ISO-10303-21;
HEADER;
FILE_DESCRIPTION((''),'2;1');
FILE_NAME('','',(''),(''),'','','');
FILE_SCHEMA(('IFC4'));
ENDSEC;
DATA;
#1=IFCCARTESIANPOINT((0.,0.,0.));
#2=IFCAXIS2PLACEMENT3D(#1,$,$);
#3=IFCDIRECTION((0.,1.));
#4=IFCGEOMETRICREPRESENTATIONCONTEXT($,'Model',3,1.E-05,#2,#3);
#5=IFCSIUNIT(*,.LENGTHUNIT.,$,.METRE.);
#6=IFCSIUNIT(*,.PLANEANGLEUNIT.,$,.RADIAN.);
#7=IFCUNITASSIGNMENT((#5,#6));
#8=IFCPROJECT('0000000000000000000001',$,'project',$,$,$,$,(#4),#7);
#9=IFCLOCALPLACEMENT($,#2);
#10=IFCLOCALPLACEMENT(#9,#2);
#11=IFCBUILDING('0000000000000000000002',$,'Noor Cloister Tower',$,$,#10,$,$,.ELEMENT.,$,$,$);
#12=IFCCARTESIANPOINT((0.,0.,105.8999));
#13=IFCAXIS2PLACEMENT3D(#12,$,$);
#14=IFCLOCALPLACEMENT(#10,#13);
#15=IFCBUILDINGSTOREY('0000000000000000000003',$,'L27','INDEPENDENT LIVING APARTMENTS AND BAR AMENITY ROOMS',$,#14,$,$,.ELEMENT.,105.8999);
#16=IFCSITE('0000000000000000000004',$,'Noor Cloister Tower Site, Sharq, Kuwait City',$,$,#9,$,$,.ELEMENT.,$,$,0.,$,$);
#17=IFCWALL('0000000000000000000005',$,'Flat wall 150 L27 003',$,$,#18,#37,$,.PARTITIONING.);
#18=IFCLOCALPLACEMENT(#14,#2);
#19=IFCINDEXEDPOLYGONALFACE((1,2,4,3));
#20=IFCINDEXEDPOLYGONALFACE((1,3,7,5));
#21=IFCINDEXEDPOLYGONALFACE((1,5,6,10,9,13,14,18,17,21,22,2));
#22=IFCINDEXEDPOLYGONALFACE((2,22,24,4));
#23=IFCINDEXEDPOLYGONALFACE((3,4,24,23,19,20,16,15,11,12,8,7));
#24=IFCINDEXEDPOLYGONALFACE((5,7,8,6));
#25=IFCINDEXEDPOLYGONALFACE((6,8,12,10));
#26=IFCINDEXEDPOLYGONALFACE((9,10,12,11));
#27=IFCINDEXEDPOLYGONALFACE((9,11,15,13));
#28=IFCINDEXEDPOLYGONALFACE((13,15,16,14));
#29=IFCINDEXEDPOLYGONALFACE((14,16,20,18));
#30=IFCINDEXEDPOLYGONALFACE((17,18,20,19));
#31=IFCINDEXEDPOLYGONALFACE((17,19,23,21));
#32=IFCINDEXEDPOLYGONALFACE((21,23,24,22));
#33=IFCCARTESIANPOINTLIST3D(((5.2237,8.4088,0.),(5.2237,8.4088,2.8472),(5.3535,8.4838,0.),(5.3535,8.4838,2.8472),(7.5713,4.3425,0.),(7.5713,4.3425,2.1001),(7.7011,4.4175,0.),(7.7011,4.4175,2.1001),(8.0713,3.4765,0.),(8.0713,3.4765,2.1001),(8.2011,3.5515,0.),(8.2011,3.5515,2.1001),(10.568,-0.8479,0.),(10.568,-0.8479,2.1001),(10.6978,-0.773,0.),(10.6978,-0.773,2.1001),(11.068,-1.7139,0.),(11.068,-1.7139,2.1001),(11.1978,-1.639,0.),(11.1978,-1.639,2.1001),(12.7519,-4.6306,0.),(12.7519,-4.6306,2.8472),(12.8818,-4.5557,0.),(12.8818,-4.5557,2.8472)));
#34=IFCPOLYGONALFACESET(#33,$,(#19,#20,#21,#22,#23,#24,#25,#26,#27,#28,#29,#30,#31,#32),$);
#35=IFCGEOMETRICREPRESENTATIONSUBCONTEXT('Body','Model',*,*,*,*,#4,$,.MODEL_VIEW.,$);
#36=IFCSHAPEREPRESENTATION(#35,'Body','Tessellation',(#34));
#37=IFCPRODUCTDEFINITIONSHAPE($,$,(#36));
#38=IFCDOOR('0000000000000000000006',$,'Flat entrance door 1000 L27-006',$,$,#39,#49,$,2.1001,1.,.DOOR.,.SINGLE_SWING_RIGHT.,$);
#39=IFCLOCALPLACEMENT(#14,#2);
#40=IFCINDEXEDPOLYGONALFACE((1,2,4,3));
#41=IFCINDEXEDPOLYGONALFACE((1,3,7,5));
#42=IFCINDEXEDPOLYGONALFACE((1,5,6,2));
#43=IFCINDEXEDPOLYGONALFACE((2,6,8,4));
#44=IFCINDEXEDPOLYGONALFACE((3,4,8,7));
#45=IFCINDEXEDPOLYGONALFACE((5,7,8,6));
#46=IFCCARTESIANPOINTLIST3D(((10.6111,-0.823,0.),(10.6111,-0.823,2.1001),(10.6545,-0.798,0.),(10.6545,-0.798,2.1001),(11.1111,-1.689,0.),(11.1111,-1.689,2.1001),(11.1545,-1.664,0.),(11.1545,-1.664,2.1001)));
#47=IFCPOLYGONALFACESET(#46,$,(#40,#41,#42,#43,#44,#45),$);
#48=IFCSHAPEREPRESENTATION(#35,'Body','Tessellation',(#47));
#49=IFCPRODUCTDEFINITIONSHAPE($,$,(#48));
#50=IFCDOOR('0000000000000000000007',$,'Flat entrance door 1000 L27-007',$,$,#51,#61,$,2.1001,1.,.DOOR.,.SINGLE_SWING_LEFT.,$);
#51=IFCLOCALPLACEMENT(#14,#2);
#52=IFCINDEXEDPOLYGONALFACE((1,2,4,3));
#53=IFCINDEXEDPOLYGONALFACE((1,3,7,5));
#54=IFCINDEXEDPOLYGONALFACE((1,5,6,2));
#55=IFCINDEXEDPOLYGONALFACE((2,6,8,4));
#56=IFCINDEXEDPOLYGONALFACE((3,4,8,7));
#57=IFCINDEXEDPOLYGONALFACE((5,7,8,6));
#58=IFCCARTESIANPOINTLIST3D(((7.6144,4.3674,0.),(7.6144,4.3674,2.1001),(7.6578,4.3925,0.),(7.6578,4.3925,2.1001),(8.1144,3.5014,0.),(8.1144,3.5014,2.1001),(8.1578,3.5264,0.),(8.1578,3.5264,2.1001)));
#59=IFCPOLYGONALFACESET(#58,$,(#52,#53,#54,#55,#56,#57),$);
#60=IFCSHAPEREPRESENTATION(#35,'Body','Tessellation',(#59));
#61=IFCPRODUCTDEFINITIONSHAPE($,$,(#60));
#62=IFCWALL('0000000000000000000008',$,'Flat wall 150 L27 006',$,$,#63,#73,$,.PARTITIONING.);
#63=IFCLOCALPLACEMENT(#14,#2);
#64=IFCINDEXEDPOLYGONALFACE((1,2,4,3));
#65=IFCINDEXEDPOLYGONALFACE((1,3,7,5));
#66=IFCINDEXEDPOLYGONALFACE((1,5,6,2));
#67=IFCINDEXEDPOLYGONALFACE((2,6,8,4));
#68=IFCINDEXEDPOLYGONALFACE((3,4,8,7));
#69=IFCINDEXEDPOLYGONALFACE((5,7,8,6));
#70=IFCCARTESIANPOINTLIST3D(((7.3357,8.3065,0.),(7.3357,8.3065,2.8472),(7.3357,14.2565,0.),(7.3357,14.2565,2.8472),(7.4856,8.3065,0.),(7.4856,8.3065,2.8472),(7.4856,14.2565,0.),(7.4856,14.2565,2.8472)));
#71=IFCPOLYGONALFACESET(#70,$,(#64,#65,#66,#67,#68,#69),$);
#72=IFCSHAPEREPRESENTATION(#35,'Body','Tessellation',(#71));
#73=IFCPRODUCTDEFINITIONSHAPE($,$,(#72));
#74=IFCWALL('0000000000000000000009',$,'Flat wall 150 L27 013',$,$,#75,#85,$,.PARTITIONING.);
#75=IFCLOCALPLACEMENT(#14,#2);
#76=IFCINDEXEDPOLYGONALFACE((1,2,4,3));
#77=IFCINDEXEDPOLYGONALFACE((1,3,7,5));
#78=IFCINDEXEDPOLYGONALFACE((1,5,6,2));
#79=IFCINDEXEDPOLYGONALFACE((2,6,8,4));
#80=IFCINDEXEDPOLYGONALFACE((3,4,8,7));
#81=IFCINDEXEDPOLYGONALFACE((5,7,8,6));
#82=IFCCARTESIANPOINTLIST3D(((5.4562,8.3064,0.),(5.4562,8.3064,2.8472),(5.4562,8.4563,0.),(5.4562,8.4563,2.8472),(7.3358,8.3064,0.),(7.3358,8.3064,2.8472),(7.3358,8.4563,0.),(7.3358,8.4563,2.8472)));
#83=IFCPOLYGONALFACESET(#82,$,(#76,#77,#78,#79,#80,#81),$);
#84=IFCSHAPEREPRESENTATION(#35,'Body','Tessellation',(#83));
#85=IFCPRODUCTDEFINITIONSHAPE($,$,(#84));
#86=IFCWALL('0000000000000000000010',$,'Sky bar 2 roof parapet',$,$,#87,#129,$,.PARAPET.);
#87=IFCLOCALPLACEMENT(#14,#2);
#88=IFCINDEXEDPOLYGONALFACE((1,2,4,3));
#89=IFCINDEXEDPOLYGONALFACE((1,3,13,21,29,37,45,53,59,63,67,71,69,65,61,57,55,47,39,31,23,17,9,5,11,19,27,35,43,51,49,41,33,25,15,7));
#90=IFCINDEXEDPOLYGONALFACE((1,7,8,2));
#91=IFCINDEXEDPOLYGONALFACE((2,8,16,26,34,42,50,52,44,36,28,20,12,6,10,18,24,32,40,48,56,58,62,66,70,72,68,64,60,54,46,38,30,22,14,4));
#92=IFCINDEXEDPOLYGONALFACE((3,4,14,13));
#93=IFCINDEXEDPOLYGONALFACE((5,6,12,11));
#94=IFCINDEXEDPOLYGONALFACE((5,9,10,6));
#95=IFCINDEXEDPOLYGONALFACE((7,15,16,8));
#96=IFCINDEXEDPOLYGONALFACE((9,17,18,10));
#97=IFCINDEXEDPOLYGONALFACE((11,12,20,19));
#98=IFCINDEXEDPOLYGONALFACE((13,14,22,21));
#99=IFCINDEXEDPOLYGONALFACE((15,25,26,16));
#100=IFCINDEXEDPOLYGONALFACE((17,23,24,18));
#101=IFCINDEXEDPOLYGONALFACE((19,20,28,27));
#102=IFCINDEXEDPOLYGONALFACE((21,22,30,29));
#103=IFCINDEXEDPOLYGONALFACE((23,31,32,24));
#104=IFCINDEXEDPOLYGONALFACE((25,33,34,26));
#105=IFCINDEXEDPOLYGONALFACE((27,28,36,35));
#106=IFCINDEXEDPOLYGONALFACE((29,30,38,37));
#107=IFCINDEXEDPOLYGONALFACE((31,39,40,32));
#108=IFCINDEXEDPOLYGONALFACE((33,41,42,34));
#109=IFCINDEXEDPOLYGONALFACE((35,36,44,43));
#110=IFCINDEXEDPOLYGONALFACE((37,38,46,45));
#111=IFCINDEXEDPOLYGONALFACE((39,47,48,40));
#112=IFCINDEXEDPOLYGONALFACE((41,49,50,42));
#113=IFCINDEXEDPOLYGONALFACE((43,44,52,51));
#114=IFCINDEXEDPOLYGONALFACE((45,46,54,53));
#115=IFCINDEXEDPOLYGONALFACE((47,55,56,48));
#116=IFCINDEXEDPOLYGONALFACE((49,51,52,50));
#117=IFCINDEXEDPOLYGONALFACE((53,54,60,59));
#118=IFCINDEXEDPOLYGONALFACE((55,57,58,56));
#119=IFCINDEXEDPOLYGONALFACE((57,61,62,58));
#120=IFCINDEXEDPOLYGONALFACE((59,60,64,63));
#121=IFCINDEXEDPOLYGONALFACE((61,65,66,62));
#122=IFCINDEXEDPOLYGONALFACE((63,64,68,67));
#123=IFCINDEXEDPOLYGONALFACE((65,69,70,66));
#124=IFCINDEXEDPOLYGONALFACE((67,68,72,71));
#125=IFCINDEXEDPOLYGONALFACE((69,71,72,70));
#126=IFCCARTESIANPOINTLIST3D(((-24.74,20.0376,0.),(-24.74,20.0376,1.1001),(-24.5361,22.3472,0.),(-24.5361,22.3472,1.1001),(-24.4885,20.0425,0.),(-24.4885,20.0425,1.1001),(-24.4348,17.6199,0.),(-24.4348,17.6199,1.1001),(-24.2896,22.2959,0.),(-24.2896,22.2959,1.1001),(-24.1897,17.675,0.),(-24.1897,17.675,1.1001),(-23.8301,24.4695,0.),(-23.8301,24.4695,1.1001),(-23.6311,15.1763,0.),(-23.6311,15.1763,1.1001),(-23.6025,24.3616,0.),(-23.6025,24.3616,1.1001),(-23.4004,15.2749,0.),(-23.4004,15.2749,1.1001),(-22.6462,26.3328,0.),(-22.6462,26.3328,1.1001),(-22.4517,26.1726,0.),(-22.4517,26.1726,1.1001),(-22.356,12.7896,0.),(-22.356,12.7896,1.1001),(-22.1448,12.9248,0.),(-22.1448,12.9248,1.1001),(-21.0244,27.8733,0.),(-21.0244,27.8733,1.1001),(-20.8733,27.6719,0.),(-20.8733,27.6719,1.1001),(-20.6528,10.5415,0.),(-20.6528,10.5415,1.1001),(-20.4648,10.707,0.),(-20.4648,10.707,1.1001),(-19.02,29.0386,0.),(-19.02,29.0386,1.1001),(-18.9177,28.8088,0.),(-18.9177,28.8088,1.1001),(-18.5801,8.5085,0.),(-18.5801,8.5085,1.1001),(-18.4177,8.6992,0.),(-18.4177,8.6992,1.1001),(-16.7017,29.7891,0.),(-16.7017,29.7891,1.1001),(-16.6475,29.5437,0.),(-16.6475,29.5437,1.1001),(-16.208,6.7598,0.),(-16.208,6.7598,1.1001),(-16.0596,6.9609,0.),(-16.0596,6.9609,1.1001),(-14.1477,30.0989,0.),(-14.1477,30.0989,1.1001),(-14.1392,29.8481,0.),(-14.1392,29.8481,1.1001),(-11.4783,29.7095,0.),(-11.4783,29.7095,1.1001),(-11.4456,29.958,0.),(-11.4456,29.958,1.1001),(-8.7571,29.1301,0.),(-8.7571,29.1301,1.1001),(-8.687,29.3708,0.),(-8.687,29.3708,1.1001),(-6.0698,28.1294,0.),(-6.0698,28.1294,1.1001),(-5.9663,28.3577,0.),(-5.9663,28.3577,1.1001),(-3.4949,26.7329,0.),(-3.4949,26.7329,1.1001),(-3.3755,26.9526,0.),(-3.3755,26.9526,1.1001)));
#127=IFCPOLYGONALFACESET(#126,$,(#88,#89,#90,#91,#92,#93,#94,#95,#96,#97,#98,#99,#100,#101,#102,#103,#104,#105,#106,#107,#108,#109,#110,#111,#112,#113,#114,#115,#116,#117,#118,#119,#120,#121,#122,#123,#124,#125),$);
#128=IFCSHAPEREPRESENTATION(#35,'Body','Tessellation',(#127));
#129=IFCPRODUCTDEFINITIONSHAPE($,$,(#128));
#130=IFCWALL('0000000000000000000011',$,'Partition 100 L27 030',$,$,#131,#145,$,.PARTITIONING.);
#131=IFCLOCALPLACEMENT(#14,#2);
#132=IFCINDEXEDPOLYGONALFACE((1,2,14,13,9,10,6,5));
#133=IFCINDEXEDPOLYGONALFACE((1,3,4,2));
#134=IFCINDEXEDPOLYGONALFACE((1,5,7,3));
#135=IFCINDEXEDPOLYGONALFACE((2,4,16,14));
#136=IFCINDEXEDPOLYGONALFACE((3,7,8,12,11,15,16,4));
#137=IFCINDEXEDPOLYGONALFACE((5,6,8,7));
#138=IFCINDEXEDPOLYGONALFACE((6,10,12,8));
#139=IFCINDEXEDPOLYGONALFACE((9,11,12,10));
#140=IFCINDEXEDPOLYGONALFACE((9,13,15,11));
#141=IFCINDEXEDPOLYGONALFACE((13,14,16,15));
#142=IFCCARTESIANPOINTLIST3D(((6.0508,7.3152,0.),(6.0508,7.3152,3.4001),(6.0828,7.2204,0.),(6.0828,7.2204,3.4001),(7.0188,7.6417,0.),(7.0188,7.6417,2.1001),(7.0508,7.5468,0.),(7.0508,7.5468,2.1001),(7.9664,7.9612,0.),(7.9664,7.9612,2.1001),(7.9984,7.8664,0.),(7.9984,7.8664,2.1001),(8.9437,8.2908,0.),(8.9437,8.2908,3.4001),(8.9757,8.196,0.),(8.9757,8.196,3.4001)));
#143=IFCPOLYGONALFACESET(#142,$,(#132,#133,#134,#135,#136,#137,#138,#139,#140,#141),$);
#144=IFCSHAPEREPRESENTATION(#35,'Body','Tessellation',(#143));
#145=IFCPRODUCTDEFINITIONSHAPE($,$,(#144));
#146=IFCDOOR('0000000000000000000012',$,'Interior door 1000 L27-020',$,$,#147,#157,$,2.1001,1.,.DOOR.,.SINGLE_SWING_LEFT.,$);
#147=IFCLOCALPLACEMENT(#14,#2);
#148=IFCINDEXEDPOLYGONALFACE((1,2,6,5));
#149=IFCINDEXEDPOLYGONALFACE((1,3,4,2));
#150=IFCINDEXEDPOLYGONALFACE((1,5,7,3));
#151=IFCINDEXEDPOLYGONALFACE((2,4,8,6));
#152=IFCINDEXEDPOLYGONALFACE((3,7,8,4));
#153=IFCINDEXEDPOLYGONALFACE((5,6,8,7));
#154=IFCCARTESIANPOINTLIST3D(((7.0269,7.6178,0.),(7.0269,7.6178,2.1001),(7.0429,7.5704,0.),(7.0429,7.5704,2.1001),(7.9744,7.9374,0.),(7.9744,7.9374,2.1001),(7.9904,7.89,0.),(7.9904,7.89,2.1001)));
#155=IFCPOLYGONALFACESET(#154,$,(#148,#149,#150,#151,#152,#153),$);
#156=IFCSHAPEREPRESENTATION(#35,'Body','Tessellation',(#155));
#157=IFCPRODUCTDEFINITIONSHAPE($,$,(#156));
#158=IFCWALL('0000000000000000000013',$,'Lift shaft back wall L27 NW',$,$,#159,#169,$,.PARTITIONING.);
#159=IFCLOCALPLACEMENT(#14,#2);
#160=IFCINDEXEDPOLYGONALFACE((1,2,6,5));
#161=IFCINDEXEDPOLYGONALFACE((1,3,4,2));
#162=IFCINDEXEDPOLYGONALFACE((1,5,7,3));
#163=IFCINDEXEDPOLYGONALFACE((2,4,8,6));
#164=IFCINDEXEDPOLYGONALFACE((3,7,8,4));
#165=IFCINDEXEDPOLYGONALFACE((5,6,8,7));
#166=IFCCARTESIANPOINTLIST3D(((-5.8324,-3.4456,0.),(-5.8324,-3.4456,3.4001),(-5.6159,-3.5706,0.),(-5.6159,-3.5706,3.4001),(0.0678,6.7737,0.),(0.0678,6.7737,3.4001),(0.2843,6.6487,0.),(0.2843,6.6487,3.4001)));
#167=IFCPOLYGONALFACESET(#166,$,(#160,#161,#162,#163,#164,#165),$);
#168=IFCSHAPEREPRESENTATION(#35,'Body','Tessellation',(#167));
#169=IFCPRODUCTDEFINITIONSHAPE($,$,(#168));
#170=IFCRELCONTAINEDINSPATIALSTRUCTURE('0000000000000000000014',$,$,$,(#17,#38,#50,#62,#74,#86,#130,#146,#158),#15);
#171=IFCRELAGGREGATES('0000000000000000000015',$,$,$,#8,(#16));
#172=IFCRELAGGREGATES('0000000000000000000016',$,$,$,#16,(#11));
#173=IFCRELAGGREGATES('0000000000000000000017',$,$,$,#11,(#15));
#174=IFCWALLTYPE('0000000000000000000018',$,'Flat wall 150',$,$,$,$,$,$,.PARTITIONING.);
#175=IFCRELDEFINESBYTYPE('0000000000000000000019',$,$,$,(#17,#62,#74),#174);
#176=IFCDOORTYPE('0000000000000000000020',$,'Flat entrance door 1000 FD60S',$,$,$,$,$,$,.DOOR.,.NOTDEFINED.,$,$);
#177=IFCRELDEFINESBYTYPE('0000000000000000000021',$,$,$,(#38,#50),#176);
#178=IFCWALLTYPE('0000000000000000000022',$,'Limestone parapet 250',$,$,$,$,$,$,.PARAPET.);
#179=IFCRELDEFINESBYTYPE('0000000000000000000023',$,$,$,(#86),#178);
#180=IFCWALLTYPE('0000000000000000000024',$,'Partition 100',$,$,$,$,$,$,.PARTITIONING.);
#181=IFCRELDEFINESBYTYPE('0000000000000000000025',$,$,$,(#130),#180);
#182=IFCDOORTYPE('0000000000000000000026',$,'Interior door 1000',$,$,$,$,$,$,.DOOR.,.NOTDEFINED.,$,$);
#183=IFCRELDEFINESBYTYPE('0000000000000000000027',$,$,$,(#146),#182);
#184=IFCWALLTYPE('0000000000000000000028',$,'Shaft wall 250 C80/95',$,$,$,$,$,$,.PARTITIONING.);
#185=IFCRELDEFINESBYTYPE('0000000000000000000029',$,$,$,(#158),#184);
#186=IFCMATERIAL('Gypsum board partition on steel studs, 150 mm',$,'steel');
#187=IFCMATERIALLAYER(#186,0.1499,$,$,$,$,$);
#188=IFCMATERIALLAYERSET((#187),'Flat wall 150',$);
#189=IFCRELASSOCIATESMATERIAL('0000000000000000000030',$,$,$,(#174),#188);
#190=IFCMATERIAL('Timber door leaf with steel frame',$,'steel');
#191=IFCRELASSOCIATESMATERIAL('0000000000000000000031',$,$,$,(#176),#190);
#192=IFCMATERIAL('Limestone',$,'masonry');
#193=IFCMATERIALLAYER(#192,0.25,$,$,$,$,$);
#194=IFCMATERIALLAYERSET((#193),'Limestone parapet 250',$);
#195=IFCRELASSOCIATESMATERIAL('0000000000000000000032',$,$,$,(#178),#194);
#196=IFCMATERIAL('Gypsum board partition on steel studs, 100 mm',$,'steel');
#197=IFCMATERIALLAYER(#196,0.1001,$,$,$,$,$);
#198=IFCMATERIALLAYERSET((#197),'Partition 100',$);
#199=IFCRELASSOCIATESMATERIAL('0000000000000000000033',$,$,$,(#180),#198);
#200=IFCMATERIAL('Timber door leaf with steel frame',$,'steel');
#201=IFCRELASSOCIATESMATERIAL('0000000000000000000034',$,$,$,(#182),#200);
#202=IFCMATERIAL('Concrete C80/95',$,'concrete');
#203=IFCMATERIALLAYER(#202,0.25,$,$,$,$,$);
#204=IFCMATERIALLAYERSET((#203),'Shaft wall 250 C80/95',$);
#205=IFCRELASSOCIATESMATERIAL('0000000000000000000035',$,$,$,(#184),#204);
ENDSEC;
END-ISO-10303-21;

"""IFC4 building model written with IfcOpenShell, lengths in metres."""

from ifc_helpers import new_model, si_unit, direction, frame, frame_2d, origin, place, context, subcontext, project, spatial, polyline, rectangle, outline, extrude, material, layer, layer_set, type_object, element, fill, save


model = new_model("IFC4")

# Units and contexts
model_context = context("Model", 3, precision=1e-05, world=origin(), true_north=direction((0.0, 1.0)))
body_context = subcontext(model_context, "Body", "Model", "MODEL_VIEW")
ifc_project = project(units=[si_unit("LENGTHUNIT", "METRE"), si_unit("PLANEANGLEUNIT", "RADIAN")], contexts=[model_context])

# Site, building, storey
site_placement = place(None, origin())
site = spatial("IfcSite", under=ifc_project, at=site_placement, Name="Noor Cloister Tower Site, Sharq, Kuwait City", CompositionType="ELEMENT", RefElevation=0.0)
building_placement = place(site_placement, origin())
building = spatial("IfcBuilding", under=site, at=building_placement, Name="Noor Cloister Tower", CompositionType="ELEMENT")
storey_placement = place(building_placement, frame((0.0, 0.0, 105.8999)))
storey = spatial("IfcBuildingStorey", under=building, at=storey_placement, Name="L27", Description="INDEPENDENT LIVING APARTMENTS AND BAR AMENITY ROOMS", CompositionType="ELEMENT", Elevation=105.8999)

# Wall, openings, doors
ifc_material_1 = material(Name="Gypsum board partition on steel studs, 150 mm", Category="steel")
ifc_layer_1 = layer(ifc_material_1, 0.1499)
ifc_layer_set_1 = layer_set([ifc_layer_1], Name="Flat wall 150")
wall_type_1 = type_object("IfcWallType", Name="Flat wall 150", PredefinedType="PARTITIONING", material=ifc_layer_set_1)
wall_1_placement = place(storey_placement, frame((5.2886, 8.4463, 0.0), z_axis=(0.0, 0.0, 1.0), x_axis=(0.499997, -0.866027, 0.0)))
wall_1 = element("IfcWall", 1, at=wall_1_placement, inside=storey, type_object=wall_type_1, Name="Flat wall 150 L27 003", PredefinedType="PARTITIONING", context=body_context, shape_type="SweptSolid", body=[
    extrude(rectangle(XDim=15.0566, YDim=0.1499, at=frame_2d((7.5283, 0.0))), origin(), (0.0, 0.0, 1.0), 2.8472),
])
opening_1_placement = place(wall_1_placement, frame((10.6887, 0.0, 0.0)))
opening_1 = element("IfcOpeningElement", 2, at=opening_1_placement, cuts=wall_1, PredefinedType="OPENING", context=body_context, shape_type="SweptSolid", body=[
    extrude(rectangle(XDim=1.0, YDim=2.1001, at=frame_2d((0.5, 1.05))), frame((0.0, 0.085, 0.0), z_axis=(0.0, -1.0, 0.0), x_axis=(1.0, 0.0, 0.0)), (0.0, 0.0, 1.0), 0.1699),
])
opening_2_placement = place(wall_1_placement, frame((4.6953, 0.0, 0.0)))
opening_2 = element("IfcOpeningElement", 3, at=opening_2_placement, cuts=wall_1, PredefinedType="OPENING", context=body_context, shape_type="SweptSolid", body=[
    extrude(rectangle(XDim=1.0, YDim=2.1001, at=frame_2d((0.5, 1.05))), frame((0.0, 0.085, 0.0), z_axis=(0.0, -1.0, 0.0), x_axis=(1.0, 0.0, 0.0)), (0.0, 0.0, 1.0), 0.1699),
])
ifc_material_2 = material(Name="Timber door leaf with steel frame", Category="steel")
door_type_1 = type_object("IfcDoorType", Name="Flat entrance door 1000 FD60S", OperationType="NOTDEFINED", PredefinedType="DOOR", material=ifc_material_2)
door_1_placement = place(opening_1_placement, origin())
door_1 = element("IfcDoor", 4, at=door_1_placement, inside=storey, type_object=door_type_1, Name="Flat entrance door 1000 L27-006", OperationType="SINGLE_SWING_RIGHT", OverallHeight=2.1001, OverallWidth=1.0, PredefinedType="DOOR", context=body_context, shape_type="SweptSolid", body=[
    extrude(rectangle(XDim=1.0, YDim=2.1001, at=frame_2d((0.5, 1.05))), frame((0.0, 0.0249, 0.0), z_axis=(0.0, -1.0, 0.0), x_axis=(1.0, 0.0, 0.0)), (0.0, 0.0, 1.0), 0.05),
])
fill(opening_1, door_1)
door_2_placement = place(opening_2_placement, origin())
door_2 = element("IfcDoor", 5, at=door_2_placement, inside=storey, type_object=door_type_1, Name="Flat entrance door 1000 L27-007", OperationType="SINGLE_SWING_LEFT", OverallHeight=2.1001, OverallWidth=1.0, PredefinedType="DOOR", context=body_context, shape_type="SweptSolid", body=[
    extrude(rectangle(XDim=1.0, YDim=2.1001, at=frame_2d((0.5, 1.05))), frame((0.0, 0.0249, 0.0), z_axis=(0.0, -1.0, 0.0), x_axis=(1.0, 0.0, 0.0)), (0.0, 0.0, 1.0), 0.05),
])
fill(opening_2, door_2)

# Walls
wall_2_placement = place(storey_placement, frame((7.4106, 8.3064, 0.0), z_axis=(0.0, 0.0, 1.0), x_axis=(0.0, 1.0, 0.0)))
element("IfcWall", 6, at=wall_2_placement, inside=storey, type_object=wall_type_1, Name="Flat wall 150 L27 006", PredefinedType="PARTITIONING", context=body_context, shape_type="SweptSolid", body=[
    extrude(rectangle(XDim=5.95, YDim=0.1499, at=frame_2d((2.9751, 0.0))), origin(), (0.0, 0.0, 1.0), 2.8472),
])
wall_3_placement = place(storey_placement, frame((5.4561, 8.3813, 0.0), z_axis=(0.0, 0.0, 1.0), x_axis=(1.0, 0.0, 0.0)))
element("IfcWall", 7, at=wall_3_placement, inside=storey, type_object=wall_type_1, Name="Flat wall 150 L27 013", PredefinedType="PARTITIONING", context=body_context, shape_type="SweptSolid", body=[
    extrude(rectangle(XDim=1.8796, YDim=0.1499, at=frame_2d((0.9399, 0.0))), origin(), (0.0, 0.0, 1.0), 2.8472),
])
ifc_material_3 = material(Name="Limestone", Category="masonry")
ifc_layer_2 = layer(ifc_material_3, 0.25)
ifc_layer_set_2 = layer_set([ifc_layer_2], Name="Limestone parapet 250")
wall_type_2 = type_object("IfcWallType", Name="Limestone parapet 250", PredefinedType="PARAPET", material=ifc_layer_set_2)
wall_4_placement = place(storey_placement, origin())
element("IfcWall", 8, at=wall_4_placement, inside=storey, type_object=wall_type_2, Name="Sky bar 2 roof parapet", PredefinedType="PARAPET", context=body_context, shape_type="SweptSolid", body=[
    extrude(outline(polyline([(-3.3755, 26.9526), (-5.9663, 28.3577), (-8.687, 29.3708), (-11.4456, 29.958), (-14.1477, 30.0989), (-16.7017, 29.7891), (-19.02, 29.0386), (-21.0244, 27.8733), (-22.6462, 26.3328), (-23.8301, 24.4695), (-24.5361, 22.3472), (-24.74, 20.0376), (-24.4348, 17.6199), (-23.6311, 15.1763), (-22.356, 12.7896), (-20.6528, 10.5415), (-18.5801, 8.5085), (-16.208, 6.7598), (-16.0596, 6.9609), (-18.4177, 8.6992), (-20.4648, 10.707), (-22.1448, 12.9248), (-23.4004, 15.2749), (-24.1897, 17.675), (-24.4885, 20.0425), (-24.2896, 22.2959), (-23.6025, 24.3616), (-22.4517, 26.1726), (-20.8733, 27.6719), (-18.9177, 28.8088), (-16.6475, 29.5437), (-14.1392, 29.8481), (-11.4783, 29.7095), (-8.7571, 29.1301), (-6.0698, 28.1294), (-3.4949, 26.7329), (-3.3755, 26.9526)])), origin(), (0.0, 0.0, 1.0), 1.1001),
])

# Wall, opening, door
ifc_material_4 = material(Name="Gypsum board partition on steel studs, 100 mm", Category="steel")
ifc_layer_3 = layer(ifc_material_4, 0.1001)
ifc_layer_set_3 = layer_set([ifc_layer_3], Name="Partition 100")
wall_type_3 = type_object("IfcWallType", Name="Partition 100", PredefinedType="PARTITIONING", material=ifc_layer_set_3)
wall_5_placement = place(storey_placement, frame((6.0669, 7.2678, 0.0), z_axis=(0.0, 0.0, 1.0), x_axis=(0.947566, 0.319561, 0.0)))
wall_5 = element("IfcWall", 9, at=wall_5_placement, inside=storey, type_object=wall_type_3, Name="Partition 100 L27 030", PredefinedType="PARTITIONING", context=body_context, shape_type="SweptSolid", body=[
    extrude(rectangle(XDim=3.053, YDim=0.1001, at=frame_2d((1.5264, 0.0))), origin(), (0.0, 0.0, 1.0), 3.4001),
])
opening_3_placement = place(wall_5_placement, frame((1.0215, 0.0, 0.0)))
opening_3 = element("IfcOpeningElement", 10, at=opening_3_placement, cuts=wall_5, PredefinedType="OPENING", context=body_context, shape_type="SweptSolid", body=[
    extrude(rectangle(XDim=1.0, YDim=2.1001, at=frame_2d((0.5, 1.05))), frame((0.0, 0.0601, 0.0), z_axis=(0.0, -1.0, 0.0), x_axis=(1.0, 0.0, 0.0)), (0.0, 0.0, 1.0), 0.1201),
])
ifc_material_5 = material(Name="Timber door leaf with steel frame", Category="steel")
door_type_2 = type_object("IfcDoorType", Name="Interior door 1000", OperationType="NOTDEFINED", PredefinedType="DOOR", material=ifc_material_5)
door_3_placement = place(opening_3_placement, origin())
door_3 = element("IfcDoor", 11, at=door_3_placement, inside=storey, type_object=door_type_2, Name="Interior door 1000 L27-020", OperationType="SINGLE_SWING_LEFT", OverallHeight=2.1001, OverallWidth=1.0, PredefinedType="DOOR", context=body_context, shape_type="SweptSolid", body=[
    extrude(rectangle(XDim=1.0, YDim=2.1001, at=frame_2d((0.5, 1.05))), frame((0.0, 0.0249, 0.0), z_axis=(0.0, -1.0, 0.0), x_axis=(1.0, 0.0, 0.0)), (0.0, 0.0, 1.0), 0.05),
])
fill(opening_3, door_3)

# Wall
ifc_material_6 = material(Name="Concrete C80/95", Category="concrete")
ifc_layer_4 = layer(ifc_material_6, 0.25)
ifc_layer_set_4 = layer_set([ifc_layer_4], Name="Shaft wall 250 C80/95")
wall_type_4 = type_object("IfcWallType", Name="Shaft wall 250 C80/95", PredefinedType="PARTITIONING", material=ifc_layer_set_4)
wall_6_placement = place(storey_placement, frame((0.176, 6.7112, 0.0), z_axis=(0.0, 0.0, 1.0), x_axis=(-0.500004, -0.866023, 0.0)))
element("IfcWall", 12, at=wall_6_placement, inside=storey, type_object=wall_type_4, Name="Lift shaft back wall L27 NW", PredefinedType="PARTITIONING", context=body_context, shape_type="SweptSolid", body=[
    extrude(rectangle(XDim=11.8003, YDim=0.25, at=frame_2d((5.9001, 0.0))), origin(), (0.0, 0.0, 1.0), 3.4001),
])

save(model, "model.ifc")
